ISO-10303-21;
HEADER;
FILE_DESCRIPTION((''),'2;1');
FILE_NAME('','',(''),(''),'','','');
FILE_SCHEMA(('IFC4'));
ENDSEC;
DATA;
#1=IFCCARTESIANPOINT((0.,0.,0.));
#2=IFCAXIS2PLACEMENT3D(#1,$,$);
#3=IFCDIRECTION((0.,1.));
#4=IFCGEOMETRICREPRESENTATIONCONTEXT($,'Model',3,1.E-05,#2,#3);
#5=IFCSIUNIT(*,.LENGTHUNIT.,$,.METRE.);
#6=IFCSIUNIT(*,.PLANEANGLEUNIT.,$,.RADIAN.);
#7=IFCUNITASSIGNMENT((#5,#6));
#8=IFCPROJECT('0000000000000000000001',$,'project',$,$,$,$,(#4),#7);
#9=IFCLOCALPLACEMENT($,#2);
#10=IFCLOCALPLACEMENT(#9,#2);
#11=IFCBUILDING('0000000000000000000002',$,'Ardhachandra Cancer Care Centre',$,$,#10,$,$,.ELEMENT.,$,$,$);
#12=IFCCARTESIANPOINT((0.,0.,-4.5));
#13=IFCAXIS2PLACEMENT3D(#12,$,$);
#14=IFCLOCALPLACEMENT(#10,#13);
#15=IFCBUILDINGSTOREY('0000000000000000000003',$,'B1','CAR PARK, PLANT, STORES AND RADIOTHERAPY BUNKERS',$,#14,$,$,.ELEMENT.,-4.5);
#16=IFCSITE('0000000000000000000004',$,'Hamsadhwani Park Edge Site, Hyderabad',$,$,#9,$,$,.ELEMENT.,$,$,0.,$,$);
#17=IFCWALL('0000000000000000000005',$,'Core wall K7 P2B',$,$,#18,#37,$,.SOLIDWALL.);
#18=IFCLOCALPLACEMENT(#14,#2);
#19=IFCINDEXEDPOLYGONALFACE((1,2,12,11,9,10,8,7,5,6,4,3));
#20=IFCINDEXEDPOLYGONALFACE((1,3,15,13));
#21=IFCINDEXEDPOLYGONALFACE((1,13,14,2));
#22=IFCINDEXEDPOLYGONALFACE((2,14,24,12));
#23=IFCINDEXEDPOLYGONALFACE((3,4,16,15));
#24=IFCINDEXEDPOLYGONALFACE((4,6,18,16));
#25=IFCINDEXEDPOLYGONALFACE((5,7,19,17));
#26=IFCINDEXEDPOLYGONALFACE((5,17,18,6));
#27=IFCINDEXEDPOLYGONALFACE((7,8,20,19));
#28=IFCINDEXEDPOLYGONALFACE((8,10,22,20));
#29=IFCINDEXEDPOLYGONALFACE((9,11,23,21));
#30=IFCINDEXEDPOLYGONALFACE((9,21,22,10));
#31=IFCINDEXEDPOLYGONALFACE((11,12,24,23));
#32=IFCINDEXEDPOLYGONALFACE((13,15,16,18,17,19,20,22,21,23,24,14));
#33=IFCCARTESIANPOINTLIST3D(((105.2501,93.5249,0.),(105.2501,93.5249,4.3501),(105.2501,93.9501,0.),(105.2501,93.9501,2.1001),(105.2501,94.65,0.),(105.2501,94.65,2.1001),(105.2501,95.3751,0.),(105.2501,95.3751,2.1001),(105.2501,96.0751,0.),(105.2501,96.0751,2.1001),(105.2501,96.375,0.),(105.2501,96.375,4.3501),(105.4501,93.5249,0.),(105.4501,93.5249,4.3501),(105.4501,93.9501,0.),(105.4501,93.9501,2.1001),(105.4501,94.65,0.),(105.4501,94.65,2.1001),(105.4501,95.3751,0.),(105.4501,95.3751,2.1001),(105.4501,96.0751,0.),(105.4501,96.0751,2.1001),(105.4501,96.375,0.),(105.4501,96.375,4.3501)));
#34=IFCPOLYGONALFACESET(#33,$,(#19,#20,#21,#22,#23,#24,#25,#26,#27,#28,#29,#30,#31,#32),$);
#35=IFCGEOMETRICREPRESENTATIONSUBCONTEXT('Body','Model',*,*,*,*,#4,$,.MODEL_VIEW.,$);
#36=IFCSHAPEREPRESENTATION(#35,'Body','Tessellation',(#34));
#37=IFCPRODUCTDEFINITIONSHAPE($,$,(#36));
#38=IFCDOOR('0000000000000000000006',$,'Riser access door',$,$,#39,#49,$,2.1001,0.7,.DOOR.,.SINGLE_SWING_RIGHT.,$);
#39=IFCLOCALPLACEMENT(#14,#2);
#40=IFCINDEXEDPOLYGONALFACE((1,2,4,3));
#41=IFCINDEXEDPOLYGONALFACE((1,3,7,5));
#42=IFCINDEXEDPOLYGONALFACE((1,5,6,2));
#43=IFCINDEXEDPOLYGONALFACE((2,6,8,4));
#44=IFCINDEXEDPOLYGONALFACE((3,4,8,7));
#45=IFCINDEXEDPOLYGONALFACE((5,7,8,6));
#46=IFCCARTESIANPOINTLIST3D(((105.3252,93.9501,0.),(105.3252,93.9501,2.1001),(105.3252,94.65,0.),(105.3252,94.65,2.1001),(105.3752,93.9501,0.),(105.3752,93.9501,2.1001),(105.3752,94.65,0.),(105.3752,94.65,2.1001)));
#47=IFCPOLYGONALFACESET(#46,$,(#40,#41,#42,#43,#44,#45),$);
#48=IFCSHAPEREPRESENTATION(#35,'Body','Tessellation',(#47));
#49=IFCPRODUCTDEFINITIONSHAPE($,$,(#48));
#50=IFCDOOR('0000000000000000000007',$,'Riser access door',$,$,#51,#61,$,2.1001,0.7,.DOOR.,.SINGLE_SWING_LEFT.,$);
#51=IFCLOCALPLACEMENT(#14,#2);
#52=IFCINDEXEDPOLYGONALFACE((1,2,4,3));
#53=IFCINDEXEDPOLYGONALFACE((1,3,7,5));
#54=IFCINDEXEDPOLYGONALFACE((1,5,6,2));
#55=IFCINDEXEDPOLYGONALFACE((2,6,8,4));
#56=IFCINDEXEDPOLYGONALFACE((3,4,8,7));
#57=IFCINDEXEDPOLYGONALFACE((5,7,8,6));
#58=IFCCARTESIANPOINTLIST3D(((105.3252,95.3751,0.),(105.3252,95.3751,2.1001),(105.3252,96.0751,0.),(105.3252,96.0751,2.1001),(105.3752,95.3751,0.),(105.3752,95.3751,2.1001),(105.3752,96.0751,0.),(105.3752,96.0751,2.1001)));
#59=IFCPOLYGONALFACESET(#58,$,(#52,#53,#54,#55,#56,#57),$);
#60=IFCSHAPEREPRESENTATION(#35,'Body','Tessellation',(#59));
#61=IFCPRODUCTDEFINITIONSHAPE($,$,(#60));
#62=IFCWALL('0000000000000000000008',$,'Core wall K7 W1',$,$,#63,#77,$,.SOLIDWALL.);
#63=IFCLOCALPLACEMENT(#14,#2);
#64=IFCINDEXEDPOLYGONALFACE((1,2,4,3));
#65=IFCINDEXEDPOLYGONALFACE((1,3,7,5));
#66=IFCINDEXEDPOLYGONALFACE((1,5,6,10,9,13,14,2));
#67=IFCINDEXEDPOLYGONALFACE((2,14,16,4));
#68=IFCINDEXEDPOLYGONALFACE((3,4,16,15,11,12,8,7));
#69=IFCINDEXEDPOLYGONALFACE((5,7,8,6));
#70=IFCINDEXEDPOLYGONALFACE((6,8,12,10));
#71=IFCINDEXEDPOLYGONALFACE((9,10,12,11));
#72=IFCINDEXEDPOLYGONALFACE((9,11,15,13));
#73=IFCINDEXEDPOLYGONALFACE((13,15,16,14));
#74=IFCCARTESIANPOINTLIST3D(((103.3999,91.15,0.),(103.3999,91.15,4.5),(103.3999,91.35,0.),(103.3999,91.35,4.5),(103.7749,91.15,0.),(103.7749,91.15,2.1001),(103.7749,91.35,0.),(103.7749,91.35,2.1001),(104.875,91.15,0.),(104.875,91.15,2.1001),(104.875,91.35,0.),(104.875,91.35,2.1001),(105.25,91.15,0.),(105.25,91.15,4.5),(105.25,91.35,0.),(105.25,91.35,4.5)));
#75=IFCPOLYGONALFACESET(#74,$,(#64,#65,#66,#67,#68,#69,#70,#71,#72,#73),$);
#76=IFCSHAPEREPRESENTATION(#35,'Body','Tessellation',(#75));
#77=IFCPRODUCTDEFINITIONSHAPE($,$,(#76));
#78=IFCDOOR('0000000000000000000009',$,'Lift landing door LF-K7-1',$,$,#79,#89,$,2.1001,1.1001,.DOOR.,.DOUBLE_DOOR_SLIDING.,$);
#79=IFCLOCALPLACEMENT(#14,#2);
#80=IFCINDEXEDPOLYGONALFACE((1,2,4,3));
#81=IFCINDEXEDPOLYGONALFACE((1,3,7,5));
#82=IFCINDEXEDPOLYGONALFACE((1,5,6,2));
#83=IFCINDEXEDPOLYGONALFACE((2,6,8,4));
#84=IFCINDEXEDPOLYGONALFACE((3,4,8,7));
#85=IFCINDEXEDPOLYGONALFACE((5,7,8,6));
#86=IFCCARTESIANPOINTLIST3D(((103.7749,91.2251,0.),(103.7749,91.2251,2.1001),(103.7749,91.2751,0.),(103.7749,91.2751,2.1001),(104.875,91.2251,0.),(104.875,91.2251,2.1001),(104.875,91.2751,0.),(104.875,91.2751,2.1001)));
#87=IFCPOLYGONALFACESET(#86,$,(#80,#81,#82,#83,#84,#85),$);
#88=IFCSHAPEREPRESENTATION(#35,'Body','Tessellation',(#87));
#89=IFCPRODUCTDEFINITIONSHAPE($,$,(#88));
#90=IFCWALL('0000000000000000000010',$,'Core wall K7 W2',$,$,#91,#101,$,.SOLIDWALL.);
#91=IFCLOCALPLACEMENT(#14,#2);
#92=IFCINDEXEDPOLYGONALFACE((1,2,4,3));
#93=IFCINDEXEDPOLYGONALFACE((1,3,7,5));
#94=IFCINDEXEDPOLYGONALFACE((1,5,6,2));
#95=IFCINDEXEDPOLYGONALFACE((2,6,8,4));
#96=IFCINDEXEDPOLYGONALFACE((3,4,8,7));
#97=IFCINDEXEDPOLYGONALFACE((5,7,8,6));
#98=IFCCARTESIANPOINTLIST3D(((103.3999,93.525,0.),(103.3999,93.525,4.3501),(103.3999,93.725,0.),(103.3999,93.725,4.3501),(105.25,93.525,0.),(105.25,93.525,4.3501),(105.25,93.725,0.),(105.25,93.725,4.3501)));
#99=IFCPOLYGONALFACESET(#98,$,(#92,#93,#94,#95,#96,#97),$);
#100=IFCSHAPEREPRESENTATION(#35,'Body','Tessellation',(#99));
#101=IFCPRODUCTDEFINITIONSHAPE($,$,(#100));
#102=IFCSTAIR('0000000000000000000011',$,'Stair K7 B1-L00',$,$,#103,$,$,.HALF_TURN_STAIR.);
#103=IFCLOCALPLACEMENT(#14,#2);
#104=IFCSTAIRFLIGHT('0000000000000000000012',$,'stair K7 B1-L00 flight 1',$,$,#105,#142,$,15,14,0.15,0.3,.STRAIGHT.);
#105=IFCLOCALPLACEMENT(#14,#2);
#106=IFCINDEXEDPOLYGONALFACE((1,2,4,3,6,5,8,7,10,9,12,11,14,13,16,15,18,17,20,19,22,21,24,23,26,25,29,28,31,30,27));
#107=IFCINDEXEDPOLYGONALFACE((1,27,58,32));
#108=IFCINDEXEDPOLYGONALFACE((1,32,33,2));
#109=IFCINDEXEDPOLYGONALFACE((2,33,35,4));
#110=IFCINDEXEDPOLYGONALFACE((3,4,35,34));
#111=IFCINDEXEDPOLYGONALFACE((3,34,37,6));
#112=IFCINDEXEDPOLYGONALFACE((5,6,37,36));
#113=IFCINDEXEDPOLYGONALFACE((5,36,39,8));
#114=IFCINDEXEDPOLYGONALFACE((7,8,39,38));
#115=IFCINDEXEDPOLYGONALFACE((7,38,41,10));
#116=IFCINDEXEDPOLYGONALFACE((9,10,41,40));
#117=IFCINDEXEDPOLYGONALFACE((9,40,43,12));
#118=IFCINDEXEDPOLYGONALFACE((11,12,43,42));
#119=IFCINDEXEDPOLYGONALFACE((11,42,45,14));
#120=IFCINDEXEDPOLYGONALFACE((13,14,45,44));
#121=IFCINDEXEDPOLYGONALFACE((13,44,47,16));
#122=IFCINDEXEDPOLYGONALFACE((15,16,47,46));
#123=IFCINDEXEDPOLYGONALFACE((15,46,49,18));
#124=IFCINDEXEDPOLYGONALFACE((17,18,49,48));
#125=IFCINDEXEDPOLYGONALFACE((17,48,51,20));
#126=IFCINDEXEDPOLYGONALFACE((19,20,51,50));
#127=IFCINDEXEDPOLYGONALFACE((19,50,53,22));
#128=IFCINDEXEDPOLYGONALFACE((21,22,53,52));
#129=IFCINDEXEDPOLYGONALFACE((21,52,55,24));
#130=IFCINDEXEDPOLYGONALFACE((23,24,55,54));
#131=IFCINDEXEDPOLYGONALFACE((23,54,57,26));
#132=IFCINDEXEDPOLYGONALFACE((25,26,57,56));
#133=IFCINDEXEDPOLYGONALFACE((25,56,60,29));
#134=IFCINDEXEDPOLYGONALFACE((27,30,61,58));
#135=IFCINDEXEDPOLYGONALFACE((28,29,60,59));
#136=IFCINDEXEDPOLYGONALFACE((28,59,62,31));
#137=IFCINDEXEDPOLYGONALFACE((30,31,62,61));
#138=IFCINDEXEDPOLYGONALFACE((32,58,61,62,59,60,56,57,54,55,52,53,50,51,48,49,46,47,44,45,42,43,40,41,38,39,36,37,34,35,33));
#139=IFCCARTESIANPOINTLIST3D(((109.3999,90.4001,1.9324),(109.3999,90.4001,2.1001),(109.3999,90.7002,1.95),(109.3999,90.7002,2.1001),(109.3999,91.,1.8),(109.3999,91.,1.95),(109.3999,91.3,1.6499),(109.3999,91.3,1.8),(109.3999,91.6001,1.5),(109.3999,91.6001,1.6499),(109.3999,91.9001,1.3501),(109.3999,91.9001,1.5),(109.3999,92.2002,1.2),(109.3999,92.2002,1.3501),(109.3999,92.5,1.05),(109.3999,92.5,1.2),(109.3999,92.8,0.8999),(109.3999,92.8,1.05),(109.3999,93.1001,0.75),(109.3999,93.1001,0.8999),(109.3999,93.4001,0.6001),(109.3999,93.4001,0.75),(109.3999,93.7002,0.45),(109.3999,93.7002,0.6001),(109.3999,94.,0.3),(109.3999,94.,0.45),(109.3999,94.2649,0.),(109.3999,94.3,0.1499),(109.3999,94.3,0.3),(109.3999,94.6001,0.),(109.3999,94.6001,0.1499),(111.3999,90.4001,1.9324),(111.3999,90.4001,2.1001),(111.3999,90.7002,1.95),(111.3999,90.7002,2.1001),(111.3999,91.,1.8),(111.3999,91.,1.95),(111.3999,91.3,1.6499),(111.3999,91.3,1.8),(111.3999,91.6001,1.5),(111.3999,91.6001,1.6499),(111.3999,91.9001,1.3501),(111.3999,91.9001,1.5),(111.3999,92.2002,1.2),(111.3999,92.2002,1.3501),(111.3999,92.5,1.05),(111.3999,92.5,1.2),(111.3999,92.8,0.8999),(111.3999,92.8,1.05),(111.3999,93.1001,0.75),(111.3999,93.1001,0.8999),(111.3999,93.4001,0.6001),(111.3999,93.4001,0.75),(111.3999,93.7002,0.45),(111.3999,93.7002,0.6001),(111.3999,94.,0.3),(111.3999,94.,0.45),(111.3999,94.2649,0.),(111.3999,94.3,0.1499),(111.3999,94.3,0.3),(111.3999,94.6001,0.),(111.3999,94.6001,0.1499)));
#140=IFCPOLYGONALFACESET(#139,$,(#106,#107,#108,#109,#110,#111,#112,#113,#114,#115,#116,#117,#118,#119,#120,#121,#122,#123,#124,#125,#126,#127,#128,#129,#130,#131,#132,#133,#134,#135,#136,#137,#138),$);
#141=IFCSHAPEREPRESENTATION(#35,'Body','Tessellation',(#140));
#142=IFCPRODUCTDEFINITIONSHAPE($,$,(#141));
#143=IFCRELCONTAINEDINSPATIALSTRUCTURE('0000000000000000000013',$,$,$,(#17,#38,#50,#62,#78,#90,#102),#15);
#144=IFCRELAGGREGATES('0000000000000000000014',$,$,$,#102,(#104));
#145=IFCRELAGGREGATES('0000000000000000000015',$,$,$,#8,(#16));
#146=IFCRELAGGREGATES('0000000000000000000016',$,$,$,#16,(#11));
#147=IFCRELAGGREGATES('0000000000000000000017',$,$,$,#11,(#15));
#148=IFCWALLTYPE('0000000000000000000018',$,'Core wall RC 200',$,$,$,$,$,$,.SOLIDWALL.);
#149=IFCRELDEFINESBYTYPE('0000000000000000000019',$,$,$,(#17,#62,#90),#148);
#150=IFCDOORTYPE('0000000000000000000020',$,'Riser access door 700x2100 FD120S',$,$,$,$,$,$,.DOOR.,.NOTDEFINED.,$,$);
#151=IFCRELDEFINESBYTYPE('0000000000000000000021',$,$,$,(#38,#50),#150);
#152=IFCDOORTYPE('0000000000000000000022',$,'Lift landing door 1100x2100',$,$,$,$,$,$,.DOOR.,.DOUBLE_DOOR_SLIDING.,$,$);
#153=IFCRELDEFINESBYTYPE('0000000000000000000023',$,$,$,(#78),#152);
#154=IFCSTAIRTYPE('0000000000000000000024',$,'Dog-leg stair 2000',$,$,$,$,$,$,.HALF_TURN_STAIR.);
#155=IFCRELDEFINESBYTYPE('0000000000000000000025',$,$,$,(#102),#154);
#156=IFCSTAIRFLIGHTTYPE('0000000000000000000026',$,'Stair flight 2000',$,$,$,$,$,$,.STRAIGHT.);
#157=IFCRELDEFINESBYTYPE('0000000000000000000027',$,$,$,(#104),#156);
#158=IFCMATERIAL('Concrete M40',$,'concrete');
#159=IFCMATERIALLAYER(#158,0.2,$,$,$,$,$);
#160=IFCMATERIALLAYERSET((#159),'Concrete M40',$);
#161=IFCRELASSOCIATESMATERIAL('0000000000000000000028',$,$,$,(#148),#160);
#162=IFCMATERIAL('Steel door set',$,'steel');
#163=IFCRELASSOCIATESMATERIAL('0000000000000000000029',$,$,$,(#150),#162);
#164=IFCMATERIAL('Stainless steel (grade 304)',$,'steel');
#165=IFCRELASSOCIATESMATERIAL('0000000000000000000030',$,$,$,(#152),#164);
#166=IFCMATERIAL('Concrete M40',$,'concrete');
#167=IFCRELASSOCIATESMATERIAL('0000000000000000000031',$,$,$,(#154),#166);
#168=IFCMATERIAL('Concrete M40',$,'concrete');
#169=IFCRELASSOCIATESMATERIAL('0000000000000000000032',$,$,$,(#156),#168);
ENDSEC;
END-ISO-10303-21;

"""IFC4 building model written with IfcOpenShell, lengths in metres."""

from ifc_helpers import new_model, si_unit, direction, frame, frame_2d, origin, place, context, subcontext, project, spatial, polyline, rectangle, outline, extrude, material, layer, layer_set, type_object, element, fill, aggregate, save


model = new_model("IFC4")

# Units and contexts
model_context = context("Model", 3, precision=1e-05, world=origin(), true_north=direction((0.0, 1.0)))
body_context = subcontext(model_context, "Body", "Model", "MODEL_VIEW")
ifc_project = project(units=[si_unit("LENGTHUNIT", "METRE"), si_unit("PLANEANGLEUNIT", "RADIAN")], contexts=[model_context])

# Site, building, storey
site_placement = place(None, origin())
site = spatial("IfcSite", under=ifc_project, at=site_placement, Name="Hamsadhwani Park Edge Site, Hyderabad", CompositionType="ELEMENT", RefElevation=0.0)
building_placement = place(site_placement, origin())
building = spatial("IfcBuilding", under=site, at=building_placement, Name="Ardhachandra Cancer Care Centre", CompositionType="ELEMENT")
storey_placement = place(building_placement, frame((0.0, 0.0, -4.5)))
storey = spatial("IfcBuildingStorey", under=building, at=storey_placement, Name="B1", Description="CAR PARK, PLANT, STORES AND RADIOTHERAPY BUNKERS", CompositionType="ELEMENT", Elevation=-4.5)

# Shared definitions
ifc_material_1 = material(Name="Concrete M40", Category="concrete")
ifc_layer = layer(ifc_material_1, 0.2)
ifc_layer_set = layer_set([ifc_layer], Name="Concrete M40")
wall_type = type_object("IfcWallType", Name="Core wall RC 200", PredefinedType="SOLIDWALL", material=ifc_layer_set)

# Wall, openings, doors
wall_1_placement = place(storey_placement, frame((105.3501, 93.5249, 0.0), z_axis=(0.0, 0.0, 1.0), x_axis=(0.0, 1.0, 0.0)))
wall_1 = element("IfcWall", 1, at=wall_1_placement, inside=storey, type_object=wall_type, Name="Core wall K7 P2B", PredefinedType="SOLIDWALL", context=body_context, shape_type="SweptSolid", body=[
    extrude(rectangle(XDim=2.8501, YDim=0.2, at=frame_2d((1.425, 0.0))), origin(), (0.0, 0.0, 1.0), 4.3501),
])
opening_1_placement = place(wall_1_placement, frame((0.425, 0.0, 0.0)))
opening_1 = element("IfcOpeningElement", 2, at=opening_1_placement, cuts=wall_1, PredefinedType="OPENING", context=body_context, shape_type="SweptSolid", body=[
    extrude(rectangle(XDim=0.7, YDim=2.1001, at=frame_2d((0.3501, 1.05))), frame((0.0, 0.1099, 0.0), z_axis=(0.0, -1.0, 0.0), x_axis=(1.0, 0.0, 0.0)), (0.0, 0.0, 1.0), 0.22),
])
opening_2_placement = place(wall_1_placement, frame((1.8501, 0.0, 0.0)))
opening_2 = element("IfcOpeningElement", 3, at=opening_2_placement, cuts=wall_1, PredefinedType="OPENING", context=body_context, shape_type="SweptSolid", body=[
    extrude(rectangle(XDim=0.7, YDim=2.1001, at=frame_2d((0.3501, 1.05))), frame((0.0, 0.1099, 0.0), z_axis=(0.0, -1.0, 0.0), x_axis=(1.0, 0.0, 0.0)), (0.0, 0.0, 1.0), 0.22),
])
ifc_material_2 = material(Name="Steel door set", Category="steel")
door_type_1 = type_object("IfcDoorType", Name="Riser access door 700x2100 FD120S", OperationType="NOTDEFINED", PredefinedType="DOOR", material=ifc_material_2)
door_1_placement = place(opening_1_placement, origin())
door_1 = element("IfcDoor", 4, at=door_1_placement, inside=storey, type_object=door_type_1, Name="Riser access door", OperationType="SINGLE_SWING_RIGHT", OverallHeight=2.1001, OverallWidth=0.7, PredefinedType="DOOR", context=body_context, shape_type="SweptSolid", body=[
    extrude(rectangle(XDim=0.7, YDim=2.1001, at=frame_2d((0.3501, 1.05))), frame((0.0, 0.0249, 0.0), z_axis=(0.0, -1.0, 0.0), x_axis=(1.0, 0.0, 0.0)), (0.0, 0.0, 1.0), 0.05),
])
fill(opening_1, door_1)
door_2_placement = place(opening_2_placement, origin())
door_2 = element("IfcDoor", 5, at=door_2_placement, inside=storey, type_object=door_type_1, Name="Riser access door", OperationType="SINGLE_SWING_LEFT", OverallHeight=2.1001, OverallWidth=0.7, PredefinedType="DOOR", context=body_context, shape_type="SweptSolid", body=[
    extrude(rectangle(XDim=0.7, YDim=2.1001, at=frame_2d((0.3501, 1.05))), frame((0.0, 0.0249, 0.0), z_axis=(0.0, -1.0, 0.0), x_axis=(1.0, 0.0, 0.0)), (0.0, 0.0, 1.0), 0.05),
])
fill(opening_2, door_2)

# Wall, opening, door
wall_2_placement = place(storey_placement, frame((105.25, 91.25, 0.0), z_axis=(0.0, 0.0, 1.0), x_axis=(-1.0, 0.0, 0.0)))
wall_2 = element("IfcWall", 6, at=wall_2_placement, inside=storey, type_object=wall_type, Name="Core wall K7 W1", PredefinedType="SOLIDWALL", context=body_context, shape_type="SweptSolid", body=[
    extrude(rectangle(XDim=1.8501, YDim=0.2, at=frame_2d((0.925, 0.0))), origin(), (0.0, 0.0, 1.0), 4.5),
])
opening_3_placement = place(wall_2_placement, frame((0.375, 0.0, 0.0)))
opening_3 = element("IfcOpeningElement", 7, at=opening_3_placement, cuts=wall_2, PredefinedType="OPENING", context=body_context, shape_type="SweptSolid", body=[
    extrude(rectangle(XDim=1.1001, YDim=2.1001, at=frame_2d((0.55, 1.05))), frame((0.0, 0.1099, 0.0), z_axis=(0.0, -1.0, 0.0), x_axis=(1.0, 0.0, 0.0)), (0.0, 0.0, 1.0), 0.22),
])
ifc_material_3 = material(Name="Stainless steel (grade 304)", Category="steel")
door_type_2 = type_object("IfcDoorType", Name="Lift landing door 1100x2100", OperationType="DOUBLE_DOOR_SLIDING", PredefinedType="DOOR", material=ifc_material_3)
door_3_placement = place(opening_3_placement, origin())
door_3 = element("IfcDoor", 8, at=door_3_placement, inside=storey, type_object=door_type_2, Name="Lift landing door LF-K7-1", OperationType="DOUBLE_DOOR_SLIDING", OverallHeight=2.1001, OverallWidth=1.1001, PredefinedType="DOOR", context=body_context, shape_type="SweptSolid", body=[
    extrude(rectangle(XDim=1.1001, YDim=2.1001, at=frame_2d((0.55, 1.05))), frame((0.0, 0.0249, 0.0), z_axis=(0.0, -1.0, 0.0), x_axis=(1.0, 0.0, 0.0)), (0.0, 0.0, 1.0), 0.05),
])
fill(opening_3, door_3)

# Wall
wall_3_placement = place(storey_placement, frame((105.25, 93.625, 0.0), z_axis=(0.0, 0.0, 1.0), x_axis=(-1.0, 0.0, 0.0)))
element("IfcWall", 9, at=wall_3_placement, inside=storey, type_object=wall_type, Name="Core wall K7 W2", PredefinedType="SOLIDWALL", context=body_context, shape_type="SweptSolid", body=[
    extrude(rectangle(XDim=1.8501, YDim=0.2, at=frame_2d((0.925, 0.0))), origin(), (0.0, 0.0, 1.0), 4.3501),
])

# Stair, stair flight
ifc_material_4 = material(Name="Concrete M40", Category="concrete")
stair_type = type_object("IfcStairType", Name="Dog-leg stair 2000", PredefinedType="HALF_TURN_STAIR", material=ifc_material_4)
stair_placement = place(storey_placement, origin())
stair = element("IfcStair", 10, at=stair_placement, inside=storey, type_object=stair_type, Name="Stair K7 B1-L00", PredefinedType="HALF_TURN_STAIR")
ifc_material_5 = material(Name="Concrete M40", Category="concrete")
stair_flight_type = type_object("IfcStairFlightType", Name="Stair flight 2000", PredefinedType="STRAIGHT", material=ifc_material_5)
stair_flight_1_placement = place(storey_placement, frame((110.3999, 94.6001, 0.0), z_axis=(0.0, 0.0, 1.0), x_axis=(0.0, -1.0, 0.0)))
stair_flight_1 = element("IfcStairFlight", 11, at=stair_flight_1_placement, type_object=stair_flight_type, Name="stair K7 B1-L00 flight 1", NumberOfRisers=15, NumberOfTreads=14, PredefinedType="STRAIGHT", RiserHeight=0.15, TreadLength=0.3, context=body_context, shape_type="SweptSolid", body=[
    extrude(outline(polyline([(0.0, 0.0), (0.0, 0.1499), (0.3, 0.1499), (0.3, 0.3), (0.6001, 0.3), (0.6001, 0.45), (0.8999, 0.45), (0.8999, 0.6001), (1.2, 0.6001), (1.2, 0.75), (1.5, 0.75), (1.5, 0.8999), (1.8, 0.8999), (1.8, 1.05), (2.1001, 1.05), (2.1001, 1.2), (2.3999, 1.2), (2.3999, 1.3501), (2.7, 1.3501), (2.7, 1.5), (3.0, 1.5), (3.0, 1.6499), (3.3, 1.6499), (3.3, 1.8), (3.6001, 1.8), (3.6001, 1.95), (3.8999, 1.95), (3.8999, 2.1001), (4.2, 2.1001), (4.2, 2.25), (4.2, 1.9324), (0.3352, 0.0), (0.0, 0.0)])), frame((0.0, 1.0, 0.0), z_axis=(0.0, -1.0, 0.0), x_axis=(1.0, 0.0, 0.0)), (0.0, 0.0, 1.0), 2.0),
])
aggregate(stair, [stair_flight_1])

save(model, "model.ifc")
